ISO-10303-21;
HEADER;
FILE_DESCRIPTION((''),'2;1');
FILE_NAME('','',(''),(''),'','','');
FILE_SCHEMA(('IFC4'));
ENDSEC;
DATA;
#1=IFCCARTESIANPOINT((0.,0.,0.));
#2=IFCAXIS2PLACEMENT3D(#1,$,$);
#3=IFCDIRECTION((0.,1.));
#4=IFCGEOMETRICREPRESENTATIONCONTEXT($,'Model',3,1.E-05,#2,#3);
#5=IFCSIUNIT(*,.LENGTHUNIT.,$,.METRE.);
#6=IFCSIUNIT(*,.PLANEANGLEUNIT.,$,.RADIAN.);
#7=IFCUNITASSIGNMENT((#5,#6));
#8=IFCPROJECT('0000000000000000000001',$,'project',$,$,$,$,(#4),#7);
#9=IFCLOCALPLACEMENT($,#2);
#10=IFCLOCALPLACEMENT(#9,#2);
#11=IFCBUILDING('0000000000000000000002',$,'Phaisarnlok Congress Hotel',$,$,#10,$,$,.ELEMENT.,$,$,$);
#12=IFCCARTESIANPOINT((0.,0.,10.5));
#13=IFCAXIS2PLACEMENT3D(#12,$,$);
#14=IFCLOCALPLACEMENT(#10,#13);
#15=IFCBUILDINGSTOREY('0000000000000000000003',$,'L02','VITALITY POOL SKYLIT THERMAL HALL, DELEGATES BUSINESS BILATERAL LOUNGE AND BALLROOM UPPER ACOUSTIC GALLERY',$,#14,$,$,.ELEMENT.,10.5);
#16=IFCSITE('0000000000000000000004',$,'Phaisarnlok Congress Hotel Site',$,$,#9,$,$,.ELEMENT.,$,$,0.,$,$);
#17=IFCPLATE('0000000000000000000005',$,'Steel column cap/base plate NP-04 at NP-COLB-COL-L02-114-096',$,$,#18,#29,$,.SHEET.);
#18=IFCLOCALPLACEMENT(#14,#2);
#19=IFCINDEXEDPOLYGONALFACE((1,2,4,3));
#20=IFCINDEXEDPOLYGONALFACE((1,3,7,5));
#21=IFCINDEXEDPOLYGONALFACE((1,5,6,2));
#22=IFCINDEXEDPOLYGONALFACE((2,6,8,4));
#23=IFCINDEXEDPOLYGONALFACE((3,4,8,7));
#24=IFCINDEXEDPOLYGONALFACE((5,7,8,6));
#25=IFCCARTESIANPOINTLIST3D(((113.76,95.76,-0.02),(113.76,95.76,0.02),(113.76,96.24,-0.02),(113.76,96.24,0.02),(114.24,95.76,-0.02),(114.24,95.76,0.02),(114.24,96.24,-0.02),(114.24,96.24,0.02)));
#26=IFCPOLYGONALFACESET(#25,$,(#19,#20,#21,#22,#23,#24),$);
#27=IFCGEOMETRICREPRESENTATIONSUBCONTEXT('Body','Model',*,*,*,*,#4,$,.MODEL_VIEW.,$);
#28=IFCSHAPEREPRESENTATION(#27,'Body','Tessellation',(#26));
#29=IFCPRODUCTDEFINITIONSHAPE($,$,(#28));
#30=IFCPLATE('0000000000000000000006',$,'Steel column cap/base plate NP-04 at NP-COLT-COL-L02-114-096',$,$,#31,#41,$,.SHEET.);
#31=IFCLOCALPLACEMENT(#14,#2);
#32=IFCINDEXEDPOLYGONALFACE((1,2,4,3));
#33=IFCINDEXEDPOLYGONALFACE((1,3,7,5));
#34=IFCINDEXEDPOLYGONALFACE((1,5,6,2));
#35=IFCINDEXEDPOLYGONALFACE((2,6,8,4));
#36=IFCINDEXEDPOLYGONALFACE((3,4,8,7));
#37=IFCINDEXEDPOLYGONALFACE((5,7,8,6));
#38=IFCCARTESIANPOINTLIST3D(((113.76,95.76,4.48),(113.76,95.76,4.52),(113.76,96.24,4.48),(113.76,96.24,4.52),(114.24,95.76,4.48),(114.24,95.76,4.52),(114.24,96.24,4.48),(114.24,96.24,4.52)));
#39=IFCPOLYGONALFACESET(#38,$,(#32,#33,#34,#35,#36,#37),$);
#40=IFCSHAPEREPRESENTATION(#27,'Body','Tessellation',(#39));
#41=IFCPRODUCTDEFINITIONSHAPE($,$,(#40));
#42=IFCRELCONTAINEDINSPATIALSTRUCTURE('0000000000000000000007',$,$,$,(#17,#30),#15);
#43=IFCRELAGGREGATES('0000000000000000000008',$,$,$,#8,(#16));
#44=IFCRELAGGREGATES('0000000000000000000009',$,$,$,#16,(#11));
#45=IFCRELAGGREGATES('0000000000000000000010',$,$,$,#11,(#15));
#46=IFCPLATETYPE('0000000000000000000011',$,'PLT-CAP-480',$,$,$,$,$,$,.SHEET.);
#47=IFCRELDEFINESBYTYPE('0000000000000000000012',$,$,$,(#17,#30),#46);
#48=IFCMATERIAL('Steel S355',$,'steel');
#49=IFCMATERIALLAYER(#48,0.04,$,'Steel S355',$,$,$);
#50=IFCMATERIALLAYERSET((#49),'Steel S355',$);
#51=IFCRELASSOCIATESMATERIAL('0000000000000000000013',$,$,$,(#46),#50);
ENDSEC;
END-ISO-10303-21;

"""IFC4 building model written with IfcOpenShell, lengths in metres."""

from ifc_helpers import new_model, si_unit, direction, frame, origin, origin_2d, place, context, subcontext, project, spatial, rectangle, extrude, material, layer, layer_set, type_object, element, save


model = new_model("IFC4")

# Units and contexts
model_context = context("Model", 3, precision=1e-05, world=origin(), true_north=direction((0.0, 1.0)))
body_context = subcontext(model_context, "Body", "Model", "MODEL_VIEW")
ifc_project = project(units=[si_unit("LENGTHUNIT", "METRE"), si_unit("PLANEANGLEUNIT", "RADIAN")], contexts=[model_context])

# Site, building, storey
site_placement = place(None, origin())
site = spatial("IfcSite", under=ifc_project, at=site_placement, Name="Phaisarnlok Congress Hotel Site", CompositionType="ELEMENT", RefElevation=0.0)
building_placement = place(site_placement, origin())
building = spatial("IfcBuilding", under=site, at=building_placement, Name="Phaisarnlok Congress Hotel", CompositionType="ELEMENT")
storey_placement = place(building_placement, frame((0.0, 0.0, 10.5)))
storey = spatial("IfcBuildingStorey", under=building, at=storey_placement, Name="L02", Description="VITALITY POOL SKYLIT THERMAL HALL, DELEGATES BUSINESS BILATERAL LOUNGE AND BALLROOM UPPER ACOUSTIC GALLERY", CompositionType="ELEMENT", Elevation=10.5)

# Shared definitions
ifc_material_1 = material(Name="Steel S355", Category="steel")

# Plates
ifc_layer_1 = layer(ifc_material_1, 0.04, Name="Steel S355")
ifc_layer_set_1 = layer_set([ifc_layer_1], Name="Steel S355")
plate_type_1 = type_object("IfcPlateType", Name="PLT-CAP-480", PredefinedType="SHEET", material=ifc_layer_set_1)
for number, where, z_axis, x_axis, name in (
    (1, (114.0, 96.0, -0.02), (0.0, 0.0, 1.0), (1.0, 0.0, 0.0), "Steel column cap/base plate NP-04 at NP-COLB-COL-L02-114-096"),
    (2, (114.0, 96.0, 4.48), (0.0, 0.0, 1.0), (1.0, 0.0, 0.0), "Steel column cap/base plate NP-04 at NP-COLT-COL-L02-114-096"),
):
    element("IfcPlate", number, at=place(storey_placement, frame(where, z_axis=z_axis, x_axis=x_axis)), inside=storey, type_object=plate_type_1, Name=name, PredefinedType="SHEET", context=body_context, shape_type="SweptSolid", body=[
        extrude(rectangle(XDim=0.48, YDim=0.48, at=origin_2d()), origin(), (0.0, 0.0, 1.0), 0.04),
    ])

save(model, "model.ifc")
